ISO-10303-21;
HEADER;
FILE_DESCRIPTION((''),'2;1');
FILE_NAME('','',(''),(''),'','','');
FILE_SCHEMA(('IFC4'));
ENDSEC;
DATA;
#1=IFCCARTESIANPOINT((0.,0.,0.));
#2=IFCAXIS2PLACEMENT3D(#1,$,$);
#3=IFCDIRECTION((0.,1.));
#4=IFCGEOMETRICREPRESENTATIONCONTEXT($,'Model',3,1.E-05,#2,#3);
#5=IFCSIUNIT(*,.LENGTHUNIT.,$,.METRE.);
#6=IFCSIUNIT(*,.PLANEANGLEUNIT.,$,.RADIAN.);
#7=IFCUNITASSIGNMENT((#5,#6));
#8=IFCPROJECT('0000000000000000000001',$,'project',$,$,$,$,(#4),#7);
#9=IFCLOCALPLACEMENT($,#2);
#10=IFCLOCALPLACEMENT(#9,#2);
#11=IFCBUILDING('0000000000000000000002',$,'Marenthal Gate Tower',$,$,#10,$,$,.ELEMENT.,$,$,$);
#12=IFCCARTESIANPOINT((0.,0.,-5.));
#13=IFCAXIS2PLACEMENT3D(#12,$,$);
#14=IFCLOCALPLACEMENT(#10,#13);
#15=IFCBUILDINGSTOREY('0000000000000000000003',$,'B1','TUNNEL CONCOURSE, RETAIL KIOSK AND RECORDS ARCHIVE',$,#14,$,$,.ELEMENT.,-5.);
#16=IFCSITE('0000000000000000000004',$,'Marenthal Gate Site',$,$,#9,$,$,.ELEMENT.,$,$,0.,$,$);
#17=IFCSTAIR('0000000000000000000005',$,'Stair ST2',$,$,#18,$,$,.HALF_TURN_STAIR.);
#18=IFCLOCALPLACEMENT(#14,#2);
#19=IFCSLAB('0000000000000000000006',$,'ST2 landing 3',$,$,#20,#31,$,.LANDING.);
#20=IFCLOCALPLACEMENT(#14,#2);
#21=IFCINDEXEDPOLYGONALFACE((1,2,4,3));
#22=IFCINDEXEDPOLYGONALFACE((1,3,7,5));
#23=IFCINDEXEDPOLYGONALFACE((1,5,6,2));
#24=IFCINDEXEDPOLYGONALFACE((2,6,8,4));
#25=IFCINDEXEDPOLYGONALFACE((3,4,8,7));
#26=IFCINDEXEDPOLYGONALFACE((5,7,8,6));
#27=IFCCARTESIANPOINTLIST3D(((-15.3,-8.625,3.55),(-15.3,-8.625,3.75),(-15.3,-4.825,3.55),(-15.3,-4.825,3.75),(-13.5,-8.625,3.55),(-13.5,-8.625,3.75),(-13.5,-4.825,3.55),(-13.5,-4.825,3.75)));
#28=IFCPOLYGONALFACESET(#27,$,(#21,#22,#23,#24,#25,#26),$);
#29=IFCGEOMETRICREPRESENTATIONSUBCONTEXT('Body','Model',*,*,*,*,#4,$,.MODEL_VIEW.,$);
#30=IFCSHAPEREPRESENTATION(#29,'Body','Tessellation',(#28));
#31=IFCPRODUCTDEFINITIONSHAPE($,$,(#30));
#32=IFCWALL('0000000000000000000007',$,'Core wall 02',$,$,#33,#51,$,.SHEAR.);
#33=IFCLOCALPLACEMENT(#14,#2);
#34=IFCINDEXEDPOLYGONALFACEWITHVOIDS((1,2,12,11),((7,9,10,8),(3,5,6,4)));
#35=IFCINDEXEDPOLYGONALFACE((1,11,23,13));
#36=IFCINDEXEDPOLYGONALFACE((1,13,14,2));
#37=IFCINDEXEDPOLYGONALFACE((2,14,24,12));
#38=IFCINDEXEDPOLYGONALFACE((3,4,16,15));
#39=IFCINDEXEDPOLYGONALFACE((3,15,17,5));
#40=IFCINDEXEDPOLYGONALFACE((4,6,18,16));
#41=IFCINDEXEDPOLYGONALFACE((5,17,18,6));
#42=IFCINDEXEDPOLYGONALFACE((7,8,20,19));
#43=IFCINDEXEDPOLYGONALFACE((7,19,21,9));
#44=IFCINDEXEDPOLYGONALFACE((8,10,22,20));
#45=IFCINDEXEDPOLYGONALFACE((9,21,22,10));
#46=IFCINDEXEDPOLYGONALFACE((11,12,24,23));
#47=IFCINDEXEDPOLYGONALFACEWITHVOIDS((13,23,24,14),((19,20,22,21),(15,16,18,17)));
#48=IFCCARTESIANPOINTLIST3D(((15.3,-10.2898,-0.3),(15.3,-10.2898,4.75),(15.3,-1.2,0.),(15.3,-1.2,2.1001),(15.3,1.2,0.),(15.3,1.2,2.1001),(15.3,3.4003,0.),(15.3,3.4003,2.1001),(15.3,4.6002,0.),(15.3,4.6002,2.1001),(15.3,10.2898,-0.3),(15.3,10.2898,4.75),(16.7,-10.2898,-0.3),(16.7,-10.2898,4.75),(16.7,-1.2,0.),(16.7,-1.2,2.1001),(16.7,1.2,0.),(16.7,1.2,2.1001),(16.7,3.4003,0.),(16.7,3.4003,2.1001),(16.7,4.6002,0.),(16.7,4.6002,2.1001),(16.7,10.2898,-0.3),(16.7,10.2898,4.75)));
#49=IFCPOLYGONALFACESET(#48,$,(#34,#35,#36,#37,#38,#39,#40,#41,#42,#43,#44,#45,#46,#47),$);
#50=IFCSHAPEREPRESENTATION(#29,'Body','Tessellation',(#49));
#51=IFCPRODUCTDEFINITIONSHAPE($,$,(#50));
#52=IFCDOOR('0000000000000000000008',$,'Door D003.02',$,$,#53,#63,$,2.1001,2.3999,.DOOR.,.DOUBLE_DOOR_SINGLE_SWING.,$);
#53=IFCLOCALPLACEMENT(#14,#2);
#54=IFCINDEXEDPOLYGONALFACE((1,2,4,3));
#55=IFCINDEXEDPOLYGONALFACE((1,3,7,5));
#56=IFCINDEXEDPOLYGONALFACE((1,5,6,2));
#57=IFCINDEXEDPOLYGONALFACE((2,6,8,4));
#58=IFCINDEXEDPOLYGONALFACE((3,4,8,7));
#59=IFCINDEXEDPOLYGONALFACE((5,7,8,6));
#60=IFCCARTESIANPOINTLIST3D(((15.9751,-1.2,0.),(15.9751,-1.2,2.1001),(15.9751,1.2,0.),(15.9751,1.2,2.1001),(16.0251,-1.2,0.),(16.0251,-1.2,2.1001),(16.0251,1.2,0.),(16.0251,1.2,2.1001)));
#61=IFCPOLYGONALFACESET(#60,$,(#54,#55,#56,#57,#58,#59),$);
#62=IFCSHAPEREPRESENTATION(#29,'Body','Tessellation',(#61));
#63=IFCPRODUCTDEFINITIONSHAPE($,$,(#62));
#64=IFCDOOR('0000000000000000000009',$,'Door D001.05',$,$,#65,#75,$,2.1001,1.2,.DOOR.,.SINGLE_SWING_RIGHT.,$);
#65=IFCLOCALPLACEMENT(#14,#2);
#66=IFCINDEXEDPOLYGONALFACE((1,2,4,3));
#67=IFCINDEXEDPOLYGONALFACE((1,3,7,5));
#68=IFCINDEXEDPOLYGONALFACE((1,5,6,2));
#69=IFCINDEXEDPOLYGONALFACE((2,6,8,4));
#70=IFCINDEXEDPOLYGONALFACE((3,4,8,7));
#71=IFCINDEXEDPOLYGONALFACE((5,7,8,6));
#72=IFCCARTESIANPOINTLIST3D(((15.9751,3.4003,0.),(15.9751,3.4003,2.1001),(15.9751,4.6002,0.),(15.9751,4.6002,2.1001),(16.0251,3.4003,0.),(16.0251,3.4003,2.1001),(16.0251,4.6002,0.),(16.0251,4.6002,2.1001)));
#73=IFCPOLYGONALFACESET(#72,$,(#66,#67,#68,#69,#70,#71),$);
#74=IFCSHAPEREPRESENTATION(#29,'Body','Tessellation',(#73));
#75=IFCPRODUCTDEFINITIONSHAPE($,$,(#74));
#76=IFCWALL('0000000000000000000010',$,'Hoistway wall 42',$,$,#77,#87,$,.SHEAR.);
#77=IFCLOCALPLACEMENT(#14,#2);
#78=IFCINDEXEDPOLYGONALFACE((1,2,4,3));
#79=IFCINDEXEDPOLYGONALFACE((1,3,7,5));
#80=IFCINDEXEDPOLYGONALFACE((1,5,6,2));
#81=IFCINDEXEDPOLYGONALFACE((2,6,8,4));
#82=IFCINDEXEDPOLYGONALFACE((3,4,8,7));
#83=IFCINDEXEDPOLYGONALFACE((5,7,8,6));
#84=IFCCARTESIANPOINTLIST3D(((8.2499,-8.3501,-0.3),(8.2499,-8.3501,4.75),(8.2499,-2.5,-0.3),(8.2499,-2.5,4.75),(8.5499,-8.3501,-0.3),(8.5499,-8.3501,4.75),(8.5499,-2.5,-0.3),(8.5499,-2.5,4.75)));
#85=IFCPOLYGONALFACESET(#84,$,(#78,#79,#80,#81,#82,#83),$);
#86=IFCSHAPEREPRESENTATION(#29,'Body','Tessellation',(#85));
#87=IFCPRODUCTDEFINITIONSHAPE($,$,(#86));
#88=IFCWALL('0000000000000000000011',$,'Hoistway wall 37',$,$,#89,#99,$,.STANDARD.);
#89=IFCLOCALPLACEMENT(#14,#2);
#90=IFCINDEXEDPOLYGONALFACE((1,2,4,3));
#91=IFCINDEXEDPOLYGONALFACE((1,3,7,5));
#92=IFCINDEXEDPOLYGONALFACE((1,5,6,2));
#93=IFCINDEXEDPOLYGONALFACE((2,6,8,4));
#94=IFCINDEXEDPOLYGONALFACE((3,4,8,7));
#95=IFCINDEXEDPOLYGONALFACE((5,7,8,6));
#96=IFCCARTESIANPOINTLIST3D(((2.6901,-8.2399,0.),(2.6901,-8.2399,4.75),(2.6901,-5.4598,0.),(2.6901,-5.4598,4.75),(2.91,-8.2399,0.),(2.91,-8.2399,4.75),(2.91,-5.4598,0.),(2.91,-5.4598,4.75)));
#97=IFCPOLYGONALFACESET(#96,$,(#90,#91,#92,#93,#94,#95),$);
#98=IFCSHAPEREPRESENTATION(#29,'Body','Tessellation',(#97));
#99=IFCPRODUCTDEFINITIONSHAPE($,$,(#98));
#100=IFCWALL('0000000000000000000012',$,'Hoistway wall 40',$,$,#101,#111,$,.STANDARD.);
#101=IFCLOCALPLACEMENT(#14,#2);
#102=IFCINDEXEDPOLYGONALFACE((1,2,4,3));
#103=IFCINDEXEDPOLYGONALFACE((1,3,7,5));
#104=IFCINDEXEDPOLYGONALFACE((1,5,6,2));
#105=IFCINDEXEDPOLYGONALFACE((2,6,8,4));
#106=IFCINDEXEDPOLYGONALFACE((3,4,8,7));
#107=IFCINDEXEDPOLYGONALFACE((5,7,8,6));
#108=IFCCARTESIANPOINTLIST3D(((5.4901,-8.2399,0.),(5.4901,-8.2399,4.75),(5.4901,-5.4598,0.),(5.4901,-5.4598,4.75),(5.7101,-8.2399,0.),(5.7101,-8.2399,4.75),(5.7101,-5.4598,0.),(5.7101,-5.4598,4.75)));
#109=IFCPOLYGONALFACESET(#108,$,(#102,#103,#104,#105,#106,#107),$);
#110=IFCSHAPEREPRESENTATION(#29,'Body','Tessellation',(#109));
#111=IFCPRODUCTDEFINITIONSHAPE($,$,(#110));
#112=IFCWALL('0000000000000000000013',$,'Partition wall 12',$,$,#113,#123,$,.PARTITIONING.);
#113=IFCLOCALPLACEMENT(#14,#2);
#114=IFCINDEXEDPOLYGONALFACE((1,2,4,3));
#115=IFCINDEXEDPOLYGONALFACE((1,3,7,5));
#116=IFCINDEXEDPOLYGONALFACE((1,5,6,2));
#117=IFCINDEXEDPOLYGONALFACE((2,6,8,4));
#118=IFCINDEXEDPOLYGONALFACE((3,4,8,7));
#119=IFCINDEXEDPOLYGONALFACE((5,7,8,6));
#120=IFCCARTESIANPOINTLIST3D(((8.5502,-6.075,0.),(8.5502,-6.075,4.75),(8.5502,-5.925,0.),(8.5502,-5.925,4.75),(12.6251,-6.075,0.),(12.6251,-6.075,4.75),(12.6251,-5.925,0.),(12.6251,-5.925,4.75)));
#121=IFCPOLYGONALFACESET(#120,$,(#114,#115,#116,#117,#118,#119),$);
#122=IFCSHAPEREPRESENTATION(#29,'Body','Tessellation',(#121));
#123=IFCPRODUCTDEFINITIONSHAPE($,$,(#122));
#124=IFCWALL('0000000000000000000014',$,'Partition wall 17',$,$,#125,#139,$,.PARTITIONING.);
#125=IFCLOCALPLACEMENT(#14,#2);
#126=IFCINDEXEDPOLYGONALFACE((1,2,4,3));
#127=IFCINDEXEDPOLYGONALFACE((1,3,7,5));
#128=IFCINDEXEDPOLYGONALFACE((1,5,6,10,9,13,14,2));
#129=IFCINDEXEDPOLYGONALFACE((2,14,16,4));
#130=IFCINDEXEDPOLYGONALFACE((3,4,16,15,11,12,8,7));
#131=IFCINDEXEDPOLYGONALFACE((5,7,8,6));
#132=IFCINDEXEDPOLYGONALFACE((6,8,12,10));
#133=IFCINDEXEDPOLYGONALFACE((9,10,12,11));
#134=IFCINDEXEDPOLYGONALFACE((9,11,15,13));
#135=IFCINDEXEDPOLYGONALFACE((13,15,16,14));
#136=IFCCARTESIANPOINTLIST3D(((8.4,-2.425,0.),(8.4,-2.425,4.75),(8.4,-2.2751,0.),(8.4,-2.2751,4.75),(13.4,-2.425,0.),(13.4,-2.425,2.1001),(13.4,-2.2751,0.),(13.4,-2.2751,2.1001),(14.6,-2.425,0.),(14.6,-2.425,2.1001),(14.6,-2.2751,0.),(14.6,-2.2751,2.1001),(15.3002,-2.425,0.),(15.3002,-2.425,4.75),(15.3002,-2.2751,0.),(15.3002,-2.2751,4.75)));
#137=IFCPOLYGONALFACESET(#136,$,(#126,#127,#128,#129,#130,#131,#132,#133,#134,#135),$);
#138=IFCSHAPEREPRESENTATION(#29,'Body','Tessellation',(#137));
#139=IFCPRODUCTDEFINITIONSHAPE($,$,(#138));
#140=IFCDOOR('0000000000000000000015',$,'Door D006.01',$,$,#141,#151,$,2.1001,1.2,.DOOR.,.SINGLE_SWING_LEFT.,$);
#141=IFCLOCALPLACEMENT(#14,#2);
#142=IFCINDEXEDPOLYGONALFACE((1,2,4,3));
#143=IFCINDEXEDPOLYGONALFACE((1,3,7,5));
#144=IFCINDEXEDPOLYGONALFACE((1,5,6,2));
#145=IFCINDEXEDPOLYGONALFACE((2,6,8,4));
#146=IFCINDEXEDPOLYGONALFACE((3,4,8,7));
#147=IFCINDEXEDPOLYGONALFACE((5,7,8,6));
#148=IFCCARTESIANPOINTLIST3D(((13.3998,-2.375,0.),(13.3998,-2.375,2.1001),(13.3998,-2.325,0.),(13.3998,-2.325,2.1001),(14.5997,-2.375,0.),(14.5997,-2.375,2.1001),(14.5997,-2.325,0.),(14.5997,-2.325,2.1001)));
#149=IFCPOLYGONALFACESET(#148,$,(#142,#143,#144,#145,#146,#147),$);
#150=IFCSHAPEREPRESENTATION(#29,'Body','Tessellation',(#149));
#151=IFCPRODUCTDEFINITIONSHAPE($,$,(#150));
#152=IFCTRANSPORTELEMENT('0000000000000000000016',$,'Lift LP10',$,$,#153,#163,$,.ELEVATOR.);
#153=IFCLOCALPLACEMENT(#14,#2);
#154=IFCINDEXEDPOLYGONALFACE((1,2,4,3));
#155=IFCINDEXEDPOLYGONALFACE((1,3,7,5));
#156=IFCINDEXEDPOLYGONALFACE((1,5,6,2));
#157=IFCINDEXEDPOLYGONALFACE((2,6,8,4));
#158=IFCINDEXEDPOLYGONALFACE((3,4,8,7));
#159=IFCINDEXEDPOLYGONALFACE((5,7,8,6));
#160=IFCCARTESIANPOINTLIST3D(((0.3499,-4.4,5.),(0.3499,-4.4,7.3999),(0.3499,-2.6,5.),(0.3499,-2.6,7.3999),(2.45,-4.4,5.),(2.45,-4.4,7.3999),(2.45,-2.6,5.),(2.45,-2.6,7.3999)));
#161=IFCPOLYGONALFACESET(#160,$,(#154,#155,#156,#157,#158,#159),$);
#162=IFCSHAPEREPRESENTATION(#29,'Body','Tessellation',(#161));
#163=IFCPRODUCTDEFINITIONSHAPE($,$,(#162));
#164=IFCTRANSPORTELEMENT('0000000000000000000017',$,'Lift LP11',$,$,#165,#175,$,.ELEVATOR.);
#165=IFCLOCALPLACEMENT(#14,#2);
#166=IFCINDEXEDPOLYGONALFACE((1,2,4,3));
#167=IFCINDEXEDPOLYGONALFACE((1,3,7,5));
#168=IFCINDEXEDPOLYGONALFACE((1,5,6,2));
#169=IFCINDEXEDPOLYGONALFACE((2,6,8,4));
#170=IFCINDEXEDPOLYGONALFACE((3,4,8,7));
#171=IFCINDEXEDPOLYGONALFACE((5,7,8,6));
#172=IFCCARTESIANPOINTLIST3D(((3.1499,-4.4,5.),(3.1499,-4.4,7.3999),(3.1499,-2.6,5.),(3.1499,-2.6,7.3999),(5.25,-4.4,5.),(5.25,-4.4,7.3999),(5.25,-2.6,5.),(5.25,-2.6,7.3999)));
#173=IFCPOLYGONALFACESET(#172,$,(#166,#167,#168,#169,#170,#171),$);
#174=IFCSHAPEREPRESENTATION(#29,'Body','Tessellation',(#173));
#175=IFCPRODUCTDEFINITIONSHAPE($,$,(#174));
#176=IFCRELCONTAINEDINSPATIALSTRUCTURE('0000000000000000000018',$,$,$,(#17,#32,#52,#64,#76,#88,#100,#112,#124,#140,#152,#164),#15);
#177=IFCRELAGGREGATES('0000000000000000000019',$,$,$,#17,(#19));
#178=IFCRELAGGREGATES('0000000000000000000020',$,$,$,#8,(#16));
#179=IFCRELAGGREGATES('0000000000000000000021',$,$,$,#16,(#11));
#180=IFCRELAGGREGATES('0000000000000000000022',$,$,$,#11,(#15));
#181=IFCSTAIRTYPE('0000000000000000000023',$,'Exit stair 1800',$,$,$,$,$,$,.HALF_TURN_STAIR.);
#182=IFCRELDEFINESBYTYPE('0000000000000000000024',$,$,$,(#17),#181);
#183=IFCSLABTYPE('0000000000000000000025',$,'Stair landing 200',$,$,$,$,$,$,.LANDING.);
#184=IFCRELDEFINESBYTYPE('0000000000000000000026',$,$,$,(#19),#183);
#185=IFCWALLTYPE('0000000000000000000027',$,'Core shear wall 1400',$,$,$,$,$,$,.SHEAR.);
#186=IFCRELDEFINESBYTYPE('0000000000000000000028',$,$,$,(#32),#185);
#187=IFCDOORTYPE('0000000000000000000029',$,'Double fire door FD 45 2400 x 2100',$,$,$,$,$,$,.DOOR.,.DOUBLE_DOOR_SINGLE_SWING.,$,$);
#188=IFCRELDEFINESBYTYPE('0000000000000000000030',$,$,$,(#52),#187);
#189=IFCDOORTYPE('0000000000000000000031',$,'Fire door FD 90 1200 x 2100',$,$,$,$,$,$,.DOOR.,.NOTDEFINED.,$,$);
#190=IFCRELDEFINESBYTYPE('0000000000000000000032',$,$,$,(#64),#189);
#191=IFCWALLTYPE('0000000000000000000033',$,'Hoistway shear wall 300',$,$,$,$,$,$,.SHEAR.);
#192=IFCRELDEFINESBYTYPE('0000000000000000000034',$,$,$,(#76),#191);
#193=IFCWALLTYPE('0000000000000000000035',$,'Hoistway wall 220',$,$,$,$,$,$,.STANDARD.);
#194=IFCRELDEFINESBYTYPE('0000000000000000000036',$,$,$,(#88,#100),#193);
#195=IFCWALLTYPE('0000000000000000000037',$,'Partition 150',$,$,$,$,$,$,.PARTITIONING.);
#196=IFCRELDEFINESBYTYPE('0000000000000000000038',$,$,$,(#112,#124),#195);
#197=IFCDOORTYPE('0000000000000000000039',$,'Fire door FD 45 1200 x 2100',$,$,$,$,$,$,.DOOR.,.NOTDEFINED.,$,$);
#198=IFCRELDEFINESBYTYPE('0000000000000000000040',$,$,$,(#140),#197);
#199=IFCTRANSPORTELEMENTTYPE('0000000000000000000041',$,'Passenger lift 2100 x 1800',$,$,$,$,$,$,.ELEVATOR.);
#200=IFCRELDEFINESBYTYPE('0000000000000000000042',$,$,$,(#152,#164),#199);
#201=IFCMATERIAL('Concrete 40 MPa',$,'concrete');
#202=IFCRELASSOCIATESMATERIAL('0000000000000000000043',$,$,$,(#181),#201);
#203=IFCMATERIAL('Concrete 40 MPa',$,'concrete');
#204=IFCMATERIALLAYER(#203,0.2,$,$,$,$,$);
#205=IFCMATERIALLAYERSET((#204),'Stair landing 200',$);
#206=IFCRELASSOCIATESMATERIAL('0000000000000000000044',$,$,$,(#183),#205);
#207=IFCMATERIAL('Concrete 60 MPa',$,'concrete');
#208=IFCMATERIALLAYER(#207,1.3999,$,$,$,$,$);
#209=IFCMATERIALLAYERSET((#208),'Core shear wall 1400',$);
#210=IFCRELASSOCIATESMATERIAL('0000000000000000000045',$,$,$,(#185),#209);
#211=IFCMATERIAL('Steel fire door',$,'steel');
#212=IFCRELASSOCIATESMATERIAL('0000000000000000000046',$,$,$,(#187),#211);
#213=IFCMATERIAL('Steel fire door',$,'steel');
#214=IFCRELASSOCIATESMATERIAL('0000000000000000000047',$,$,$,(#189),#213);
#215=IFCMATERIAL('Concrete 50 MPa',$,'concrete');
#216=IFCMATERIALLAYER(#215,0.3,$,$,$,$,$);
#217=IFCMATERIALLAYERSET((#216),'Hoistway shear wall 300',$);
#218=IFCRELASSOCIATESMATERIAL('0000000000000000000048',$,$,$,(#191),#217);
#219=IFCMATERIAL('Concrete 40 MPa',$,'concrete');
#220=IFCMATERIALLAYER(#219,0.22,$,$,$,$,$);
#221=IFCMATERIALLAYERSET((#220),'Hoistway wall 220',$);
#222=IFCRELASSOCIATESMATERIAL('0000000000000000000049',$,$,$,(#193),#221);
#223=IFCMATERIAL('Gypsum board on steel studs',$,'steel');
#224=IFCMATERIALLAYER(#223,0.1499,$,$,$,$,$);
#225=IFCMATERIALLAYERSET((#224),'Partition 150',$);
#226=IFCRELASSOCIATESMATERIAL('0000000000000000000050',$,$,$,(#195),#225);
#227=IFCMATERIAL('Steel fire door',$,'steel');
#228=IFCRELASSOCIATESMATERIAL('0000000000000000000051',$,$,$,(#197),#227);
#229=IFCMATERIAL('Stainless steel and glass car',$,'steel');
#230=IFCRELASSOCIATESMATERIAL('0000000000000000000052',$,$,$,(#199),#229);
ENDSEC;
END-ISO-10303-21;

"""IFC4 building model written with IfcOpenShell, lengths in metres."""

from ifc_helpers import new_model, si_unit, direction, frame, frame_2d, origin, origin_2d, place, context, subcontext, project, spatial, polyline, rectangle, outline, extrude, material, layer, layer_set, type_object, element, fill, aggregate, save


model = new_model("IFC4")

# Units and contexts
model_context = context("Model", 3, precision=1e-05, world=origin(), true_north=direction((0.0, 1.0)))
body_context = subcontext(model_context, "Body", "Model", "MODEL_VIEW")
ifc_project = project(units=[si_unit("LENGTHUNIT", "METRE"), si_unit("PLANEANGLEUNIT", "RADIAN")], contexts=[model_context])

# Site, building, storey
site_placement = place(None, origin())
site = spatial("IfcSite", under=ifc_project, at=site_placement, Name="Marenthal Gate Site", CompositionType="ELEMENT", RefElevation=0.0)
building_placement = place(site_placement, origin())
building = spatial("IfcBuilding", under=site, at=building_placement, Name="Marenthal Gate Tower", CompositionType="ELEMENT")
storey_placement = place(building_placement, frame((0.0, 0.0, -5.0)))
storey = spatial("IfcBuildingStorey", under=building, at=storey_placement, Name="B1", Description="TUNNEL CONCOURSE, RETAIL KIOSK AND RECORDS ARCHIVE", CompositionType="ELEMENT", Elevation=-5.0)

# Stair, slab
ifc_material_1 = material(Name="Concrete 40 MPa", Category="concrete")
stair_type = type_object("IfcStairType", Name="Exit stair 1800", PredefinedType="HALF_TURN_STAIR", material=ifc_material_1)
ifc_material_2 = material(Name="Concrete 40 MPa", Category="concrete")
ifc_layer_1 = layer(ifc_material_2, 0.2)
ifc_layer_set_1 = layer_set([ifc_layer_1], Name="Stair landing 200")
slab_type_1 = type_object("IfcSlabType", Name="Stair landing 200", PredefinedType="LANDING", material=ifc_layer_set_1)
stair_1_placement = place(storey_placement, origin())
stair_1 = element("IfcStair", 1, at=stair_1_placement, inside=storey, type_object=stair_type, Name="Stair ST2", PredefinedType="HALF_TURN_STAIR")
slab_1_placement = place(storey_placement, frame((0.0, 0.0, 3.55)))
slab_1 = element("IfcSlab", 2, at=slab_1_placement, type_object=slab_type_1, Name="ST2 landing 3", PredefinedType="LANDING", context=body_context, shape_type="SweptSolid", body=[
    extrude(outline(polyline([(-15.3, -8.625), (-13.5, -8.625), (-13.5, -4.825), (-15.3, -4.825), (-15.3, -8.625)])), origin(), (0.0, 0.0, 1.0), 0.2),
])
aggregate(stair_1, [slab_1])

# Wall, openings, doors
ifc_material_3 = material(Name="Concrete 60 MPa", Category="concrete")
ifc_layer_2 = layer(ifc_material_3, 1.3999)
ifc_layer_set_2 = layer_set([ifc_layer_2], Name="Core shear wall 1400")
wall_type_1 = type_object("IfcWallType", Name="Core shear wall 1400", PredefinedType="SHEAR", material=ifc_layer_set_2)
wall_1_placement = place(storey_placement, frame((16.0, -10.2898, -0.3), z_axis=(0.0, 0.0, 1.0), x_axis=(0.0, 1.0, 0.0)))
wall_1 = element("IfcWall", 3, at=wall_1_placement, inside=storey, type_object=wall_type_1, Name="Core wall 02", PredefinedType="SHEAR", context=body_context, shape_type="SweptSolid", body=[
    extrude(rectangle(XDim=20.5796, YDim=1.3999, at=frame_2d((10.2898, 0.0))), origin(), (0.0, 0.0, 1.0), 5.05),
])
opening_1_placement = place(wall_1_placement, frame((9.0898, 0.0, 0.3)))
opening_1 = element("IfcOpeningElement", 4, at=opening_1_placement, cuts=wall_1, PredefinedType="OPENING", context=body_context, shape_type="SweptSolid", body=[
    extrude(rectangle(XDim=2.3999, YDim=2.1001, at=frame_2d((1.2, 1.05))), frame((0.0, 0.71, 0.0), z_axis=(0.0, -1.0, 0.0), x_axis=(1.0, 0.0, 0.0)), (0.0, 0.0, 1.0), 1.4199),
])
opening_2_placement = place(wall_1_placement, frame((13.6899, 0.0, 0.3)))
opening_2 = element("IfcOpeningElement", 5, at=opening_2_placement, cuts=wall_1, PredefinedType="OPENING", context=body_context, shape_type="SweptSolid", body=[
    extrude(rectangle(XDim=1.2, YDim=2.1001, at=frame_2d((0.6001, 1.05))), frame((0.0, 0.71, 0.0), z_axis=(0.0, -1.0, 0.0), x_axis=(1.0, 0.0, 0.0)), (0.0, 0.0, 1.0), 1.4199),
])
ifc_material_4 = material(Name="Steel fire door", Category="steel")
door_type_1 = type_object("IfcDoorType", Name="Double fire door FD 45 2400 x 2100", OperationType="DOUBLE_DOOR_SINGLE_SWING", PredefinedType="DOOR", material=ifc_material_4)
door_1_placement = place(opening_1_placement, origin())
door_1 = element("IfcDoor", 6, at=door_1_placement, inside=storey, type_object=door_type_1, Name="Door D003.02", OperationType="DOUBLE_DOOR_SINGLE_SWING", OverallHeight=2.1001, OverallWidth=2.3999, PredefinedType="DOOR", context=body_context, shape_type="SweptSolid", body=[
    extrude(rectangle(XDim=2.3999, YDim=2.1001, at=frame_2d((1.2, 1.05))), frame((0.0, 0.0249, 0.0), z_axis=(0.0, -1.0, 0.0), x_axis=(1.0, 0.0, 0.0)), (0.0, 0.0, 1.0), 0.05),
])
fill(opening_1, door_1)
ifc_material_5 = material(Name="Steel fire door", Category="steel")
door_type_2 = type_object("IfcDoorType", Name="Fire door FD 90 1200 x 2100", OperationType="NOTDEFINED", PredefinedType="DOOR", material=ifc_material_5)
door_2_placement = place(opening_2_placement, origin())
door_2 = element("IfcDoor", 7, at=door_2_placement, inside=storey, type_object=door_type_2, Name="Door D001.05", OperationType="SINGLE_SWING_RIGHT", OverallHeight=2.1001, OverallWidth=1.2, PredefinedType="DOOR", context=body_context, shape_type="SweptSolid", body=[
    extrude(rectangle(XDim=1.2, YDim=2.1001, at=frame_2d((0.6001, 1.05))), frame((0.0, 0.0249, 0.0), z_axis=(0.0, -1.0, 0.0), x_axis=(1.0, 0.0, 0.0)), (0.0, 0.0, 1.0), 0.05),
])
fill(opening_2, door_2)

# Walls
ifc_material_6 = material(Name="Concrete 50 MPa", Category="concrete")
ifc_layer_3 = layer(ifc_material_6, 0.3)
ifc_layer_set_3 = layer_set([ifc_layer_3], Name="Hoistway shear wall 300")
wall_type_2 = type_object("IfcWallType", Name="Hoistway shear wall 300", PredefinedType="SHEAR", material=ifc_layer_set_3)
wall_2_placement = place(storey_placement, frame((8.3999, -8.3501, -0.3), z_axis=(0.0, 0.0, 1.0), x_axis=(0.0, 1.0, 0.0)))
element("IfcWall", 8, at=wall_2_placement, inside=storey, type_object=wall_type_2, Name="Hoistway wall 42", PredefinedType="SHEAR", context=body_context, shape_type="SweptSolid", body=[
    extrude(rectangle(XDim=5.8501, YDim=0.3, at=frame_2d((2.925, 0.0))), origin(), (0.0, 0.0, 1.0), 5.05),
])
ifc_material_7 = material(Name="Concrete 40 MPa", Category="concrete")
ifc_layer_4 = layer(ifc_material_7, 0.22)
ifc_layer_set_4 = layer_set([ifc_layer_4], Name="Hoistway wall 220")
wall_type_3 = type_object("IfcWallType", Name="Hoistway wall 220", PredefinedType="STANDARD", material=ifc_layer_set_4)
for number, where, z_axis, x_axis, name in (
    (9, (2.8, -8.24, 0.0), (0.0, 0.0, 1.0), (0.0, 1.0, 0.0), "Hoistway wall 37"),
    (10, (5.6001, -8.24, 0.0), (0.0, 0.0, 1.0), (0.0, 1.0, 0.0), "Hoistway wall 40"),
):
    element("IfcWall", number, at=place(storey_placement, frame(where, z_axis=z_axis, x_axis=x_axis)), inside=storey, type_object=wall_type_3, Name=name, PredefinedType="STANDARD", context=body_context, shape_type="SweptSolid", body=[
        extrude(rectangle(XDim=2.78, YDim=0.22, at=frame_2d((1.3901, 0.0))), origin(), (0.0, 0.0, 1.0), 4.75),
    ])
ifc_material_8 = material(Name="Gypsum board on steel studs", Category="steel")
ifc_layer_5 = layer(ifc_material_8, 0.1499)
ifc_layer_set_5 = layer_set([ifc_layer_5], Name="Partition 150")
wall_type_4 = type_object("IfcWallType", Name="Partition 150", PredefinedType="PARTITIONING", material=ifc_layer_set_5)
wall_3_placement = place(storey_placement, frame((8.55, -6.0, 0.0), z_axis=(0.0, 0.0, 1.0), x_axis=(1.0, 0.0, 0.0)))
element("IfcWall", 11, at=wall_3_placement, inside=storey, type_object=wall_type_4, Name="Partition wall 12", PredefinedType="PARTITIONING", context=body_context, shape_type="SweptSolid", body=[
    extrude(rectangle(XDim=4.075, YDim=0.1499, at=frame_2d((2.0376, 0.0))), origin(), (0.0, 0.0, 1.0), 4.75),
])

# Wall, opening, door
wall_4_placement = place(storey_placement, frame((8.3999, -2.3501, 0.0), z_axis=(0.0, 0.0, 1.0), x_axis=(1.0, 0.0, 0.0)))
wall_4 = element("IfcWall", 12, at=wall_4_placement, inside=storey, type_object=wall_type_4, Name="Partition wall 17", PredefinedType="PARTITIONING", context=body_context, shape_type="SweptSolid", body=[
    extrude(rectangle(XDim=6.9001, YDim=0.1499, at=frame_2d((3.4502, 0.0))), origin(), (0.0, 0.0, 1.0), 4.75),
])
opening_3_placement = place(wall_4_placement, frame((5.0, 0.0, 0.0)))
opening_3 = element("IfcOpeningElement", 13, at=opening_3_placement, cuts=wall_4, PredefinedType="OPENING", context=body_context, shape_type="SweptSolid", body=[
    extrude(rectangle(XDim=1.2, YDim=2.1001, at=frame_2d((0.6001, 1.05))), frame((0.0, 0.085, 0.0), z_axis=(0.0, -1.0, 0.0), x_axis=(1.0, 0.0, 0.0)), (0.0, 0.0, 1.0), 0.1699),
])
ifc_material_9 = material(Name="Steel fire door", Category="steel")
door_type_3 = type_object("IfcDoorType", Name="Fire door FD 45 1200 x 2100", OperationType="NOTDEFINED", PredefinedType="DOOR", material=ifc_material_9)
door_3_placement = place(opening_3_placement, frame((1.2, 0.0, 0.0), z_axis=(0.0, 0.0, 1.0), x_axis=(-1.0, 0.0, 0.0)))
door_3 = element("IfcDoor", 14, at=door_3_placement, inside=storey, type_object=door_type_3, Name="Door D006.01", OperationType="SINGLE_SWING_LEFT", OverallHeight=2.1001, OverallWidth=1.2, PredefinedType="DOOR", context=body_context, shape_type="SweptSolid", body=[
    extrude(rectangle(XDim=1.2, YDim=2.1001, at=frame_2d((0.6001, 1.05))), frame((0.0, 0.0249, 0.0), z_axis=(0.0, -1.0, 0.0), x_axis=(1.0, 0.0, 0.0)), (0.0, 0.0, 1.0), 0.05),
])
fill(opening_3, door_3)

# Transport elements
ifc_material_10 = material(Name="Stainless steel and glass car", Category="steel")
transport_element_type = type_object("IfcTransportElementType", Name="Passenger lift 2100 x 1800", PredefinedType="ELEVATOR", material=ifc_material_10)
for number, where, z_axis, x_axis, name in (
    (15, (1.3999, -3.5, 5.0), (0.0, 0.0, 1.0), (1.0, 0.0, 0.0), "Lift LP10"),
    (16, (4.2, -3.5, 5.0), (0.0, 0.0, 1.0), (1.0, 0.0, 0.0), "Lift LP11"),
):
    element("IfcTransportElement", number, at=place(storey_placement, frame(where, z_axis=z_axis, x_axis=x_axis)), inside=storey, type_object=transport_element_type, Name=name, PredefinedType="ELEVATOR", context=body_context, shape_type="SweptSolid", body=[
        extrude(rectangle(XDim=2.1001, YDim=1.8, at=origin_2d()), origin(), (0.0, 0.0, 1.0), 2.3999),
    ])

save(model, "model.ifc")
